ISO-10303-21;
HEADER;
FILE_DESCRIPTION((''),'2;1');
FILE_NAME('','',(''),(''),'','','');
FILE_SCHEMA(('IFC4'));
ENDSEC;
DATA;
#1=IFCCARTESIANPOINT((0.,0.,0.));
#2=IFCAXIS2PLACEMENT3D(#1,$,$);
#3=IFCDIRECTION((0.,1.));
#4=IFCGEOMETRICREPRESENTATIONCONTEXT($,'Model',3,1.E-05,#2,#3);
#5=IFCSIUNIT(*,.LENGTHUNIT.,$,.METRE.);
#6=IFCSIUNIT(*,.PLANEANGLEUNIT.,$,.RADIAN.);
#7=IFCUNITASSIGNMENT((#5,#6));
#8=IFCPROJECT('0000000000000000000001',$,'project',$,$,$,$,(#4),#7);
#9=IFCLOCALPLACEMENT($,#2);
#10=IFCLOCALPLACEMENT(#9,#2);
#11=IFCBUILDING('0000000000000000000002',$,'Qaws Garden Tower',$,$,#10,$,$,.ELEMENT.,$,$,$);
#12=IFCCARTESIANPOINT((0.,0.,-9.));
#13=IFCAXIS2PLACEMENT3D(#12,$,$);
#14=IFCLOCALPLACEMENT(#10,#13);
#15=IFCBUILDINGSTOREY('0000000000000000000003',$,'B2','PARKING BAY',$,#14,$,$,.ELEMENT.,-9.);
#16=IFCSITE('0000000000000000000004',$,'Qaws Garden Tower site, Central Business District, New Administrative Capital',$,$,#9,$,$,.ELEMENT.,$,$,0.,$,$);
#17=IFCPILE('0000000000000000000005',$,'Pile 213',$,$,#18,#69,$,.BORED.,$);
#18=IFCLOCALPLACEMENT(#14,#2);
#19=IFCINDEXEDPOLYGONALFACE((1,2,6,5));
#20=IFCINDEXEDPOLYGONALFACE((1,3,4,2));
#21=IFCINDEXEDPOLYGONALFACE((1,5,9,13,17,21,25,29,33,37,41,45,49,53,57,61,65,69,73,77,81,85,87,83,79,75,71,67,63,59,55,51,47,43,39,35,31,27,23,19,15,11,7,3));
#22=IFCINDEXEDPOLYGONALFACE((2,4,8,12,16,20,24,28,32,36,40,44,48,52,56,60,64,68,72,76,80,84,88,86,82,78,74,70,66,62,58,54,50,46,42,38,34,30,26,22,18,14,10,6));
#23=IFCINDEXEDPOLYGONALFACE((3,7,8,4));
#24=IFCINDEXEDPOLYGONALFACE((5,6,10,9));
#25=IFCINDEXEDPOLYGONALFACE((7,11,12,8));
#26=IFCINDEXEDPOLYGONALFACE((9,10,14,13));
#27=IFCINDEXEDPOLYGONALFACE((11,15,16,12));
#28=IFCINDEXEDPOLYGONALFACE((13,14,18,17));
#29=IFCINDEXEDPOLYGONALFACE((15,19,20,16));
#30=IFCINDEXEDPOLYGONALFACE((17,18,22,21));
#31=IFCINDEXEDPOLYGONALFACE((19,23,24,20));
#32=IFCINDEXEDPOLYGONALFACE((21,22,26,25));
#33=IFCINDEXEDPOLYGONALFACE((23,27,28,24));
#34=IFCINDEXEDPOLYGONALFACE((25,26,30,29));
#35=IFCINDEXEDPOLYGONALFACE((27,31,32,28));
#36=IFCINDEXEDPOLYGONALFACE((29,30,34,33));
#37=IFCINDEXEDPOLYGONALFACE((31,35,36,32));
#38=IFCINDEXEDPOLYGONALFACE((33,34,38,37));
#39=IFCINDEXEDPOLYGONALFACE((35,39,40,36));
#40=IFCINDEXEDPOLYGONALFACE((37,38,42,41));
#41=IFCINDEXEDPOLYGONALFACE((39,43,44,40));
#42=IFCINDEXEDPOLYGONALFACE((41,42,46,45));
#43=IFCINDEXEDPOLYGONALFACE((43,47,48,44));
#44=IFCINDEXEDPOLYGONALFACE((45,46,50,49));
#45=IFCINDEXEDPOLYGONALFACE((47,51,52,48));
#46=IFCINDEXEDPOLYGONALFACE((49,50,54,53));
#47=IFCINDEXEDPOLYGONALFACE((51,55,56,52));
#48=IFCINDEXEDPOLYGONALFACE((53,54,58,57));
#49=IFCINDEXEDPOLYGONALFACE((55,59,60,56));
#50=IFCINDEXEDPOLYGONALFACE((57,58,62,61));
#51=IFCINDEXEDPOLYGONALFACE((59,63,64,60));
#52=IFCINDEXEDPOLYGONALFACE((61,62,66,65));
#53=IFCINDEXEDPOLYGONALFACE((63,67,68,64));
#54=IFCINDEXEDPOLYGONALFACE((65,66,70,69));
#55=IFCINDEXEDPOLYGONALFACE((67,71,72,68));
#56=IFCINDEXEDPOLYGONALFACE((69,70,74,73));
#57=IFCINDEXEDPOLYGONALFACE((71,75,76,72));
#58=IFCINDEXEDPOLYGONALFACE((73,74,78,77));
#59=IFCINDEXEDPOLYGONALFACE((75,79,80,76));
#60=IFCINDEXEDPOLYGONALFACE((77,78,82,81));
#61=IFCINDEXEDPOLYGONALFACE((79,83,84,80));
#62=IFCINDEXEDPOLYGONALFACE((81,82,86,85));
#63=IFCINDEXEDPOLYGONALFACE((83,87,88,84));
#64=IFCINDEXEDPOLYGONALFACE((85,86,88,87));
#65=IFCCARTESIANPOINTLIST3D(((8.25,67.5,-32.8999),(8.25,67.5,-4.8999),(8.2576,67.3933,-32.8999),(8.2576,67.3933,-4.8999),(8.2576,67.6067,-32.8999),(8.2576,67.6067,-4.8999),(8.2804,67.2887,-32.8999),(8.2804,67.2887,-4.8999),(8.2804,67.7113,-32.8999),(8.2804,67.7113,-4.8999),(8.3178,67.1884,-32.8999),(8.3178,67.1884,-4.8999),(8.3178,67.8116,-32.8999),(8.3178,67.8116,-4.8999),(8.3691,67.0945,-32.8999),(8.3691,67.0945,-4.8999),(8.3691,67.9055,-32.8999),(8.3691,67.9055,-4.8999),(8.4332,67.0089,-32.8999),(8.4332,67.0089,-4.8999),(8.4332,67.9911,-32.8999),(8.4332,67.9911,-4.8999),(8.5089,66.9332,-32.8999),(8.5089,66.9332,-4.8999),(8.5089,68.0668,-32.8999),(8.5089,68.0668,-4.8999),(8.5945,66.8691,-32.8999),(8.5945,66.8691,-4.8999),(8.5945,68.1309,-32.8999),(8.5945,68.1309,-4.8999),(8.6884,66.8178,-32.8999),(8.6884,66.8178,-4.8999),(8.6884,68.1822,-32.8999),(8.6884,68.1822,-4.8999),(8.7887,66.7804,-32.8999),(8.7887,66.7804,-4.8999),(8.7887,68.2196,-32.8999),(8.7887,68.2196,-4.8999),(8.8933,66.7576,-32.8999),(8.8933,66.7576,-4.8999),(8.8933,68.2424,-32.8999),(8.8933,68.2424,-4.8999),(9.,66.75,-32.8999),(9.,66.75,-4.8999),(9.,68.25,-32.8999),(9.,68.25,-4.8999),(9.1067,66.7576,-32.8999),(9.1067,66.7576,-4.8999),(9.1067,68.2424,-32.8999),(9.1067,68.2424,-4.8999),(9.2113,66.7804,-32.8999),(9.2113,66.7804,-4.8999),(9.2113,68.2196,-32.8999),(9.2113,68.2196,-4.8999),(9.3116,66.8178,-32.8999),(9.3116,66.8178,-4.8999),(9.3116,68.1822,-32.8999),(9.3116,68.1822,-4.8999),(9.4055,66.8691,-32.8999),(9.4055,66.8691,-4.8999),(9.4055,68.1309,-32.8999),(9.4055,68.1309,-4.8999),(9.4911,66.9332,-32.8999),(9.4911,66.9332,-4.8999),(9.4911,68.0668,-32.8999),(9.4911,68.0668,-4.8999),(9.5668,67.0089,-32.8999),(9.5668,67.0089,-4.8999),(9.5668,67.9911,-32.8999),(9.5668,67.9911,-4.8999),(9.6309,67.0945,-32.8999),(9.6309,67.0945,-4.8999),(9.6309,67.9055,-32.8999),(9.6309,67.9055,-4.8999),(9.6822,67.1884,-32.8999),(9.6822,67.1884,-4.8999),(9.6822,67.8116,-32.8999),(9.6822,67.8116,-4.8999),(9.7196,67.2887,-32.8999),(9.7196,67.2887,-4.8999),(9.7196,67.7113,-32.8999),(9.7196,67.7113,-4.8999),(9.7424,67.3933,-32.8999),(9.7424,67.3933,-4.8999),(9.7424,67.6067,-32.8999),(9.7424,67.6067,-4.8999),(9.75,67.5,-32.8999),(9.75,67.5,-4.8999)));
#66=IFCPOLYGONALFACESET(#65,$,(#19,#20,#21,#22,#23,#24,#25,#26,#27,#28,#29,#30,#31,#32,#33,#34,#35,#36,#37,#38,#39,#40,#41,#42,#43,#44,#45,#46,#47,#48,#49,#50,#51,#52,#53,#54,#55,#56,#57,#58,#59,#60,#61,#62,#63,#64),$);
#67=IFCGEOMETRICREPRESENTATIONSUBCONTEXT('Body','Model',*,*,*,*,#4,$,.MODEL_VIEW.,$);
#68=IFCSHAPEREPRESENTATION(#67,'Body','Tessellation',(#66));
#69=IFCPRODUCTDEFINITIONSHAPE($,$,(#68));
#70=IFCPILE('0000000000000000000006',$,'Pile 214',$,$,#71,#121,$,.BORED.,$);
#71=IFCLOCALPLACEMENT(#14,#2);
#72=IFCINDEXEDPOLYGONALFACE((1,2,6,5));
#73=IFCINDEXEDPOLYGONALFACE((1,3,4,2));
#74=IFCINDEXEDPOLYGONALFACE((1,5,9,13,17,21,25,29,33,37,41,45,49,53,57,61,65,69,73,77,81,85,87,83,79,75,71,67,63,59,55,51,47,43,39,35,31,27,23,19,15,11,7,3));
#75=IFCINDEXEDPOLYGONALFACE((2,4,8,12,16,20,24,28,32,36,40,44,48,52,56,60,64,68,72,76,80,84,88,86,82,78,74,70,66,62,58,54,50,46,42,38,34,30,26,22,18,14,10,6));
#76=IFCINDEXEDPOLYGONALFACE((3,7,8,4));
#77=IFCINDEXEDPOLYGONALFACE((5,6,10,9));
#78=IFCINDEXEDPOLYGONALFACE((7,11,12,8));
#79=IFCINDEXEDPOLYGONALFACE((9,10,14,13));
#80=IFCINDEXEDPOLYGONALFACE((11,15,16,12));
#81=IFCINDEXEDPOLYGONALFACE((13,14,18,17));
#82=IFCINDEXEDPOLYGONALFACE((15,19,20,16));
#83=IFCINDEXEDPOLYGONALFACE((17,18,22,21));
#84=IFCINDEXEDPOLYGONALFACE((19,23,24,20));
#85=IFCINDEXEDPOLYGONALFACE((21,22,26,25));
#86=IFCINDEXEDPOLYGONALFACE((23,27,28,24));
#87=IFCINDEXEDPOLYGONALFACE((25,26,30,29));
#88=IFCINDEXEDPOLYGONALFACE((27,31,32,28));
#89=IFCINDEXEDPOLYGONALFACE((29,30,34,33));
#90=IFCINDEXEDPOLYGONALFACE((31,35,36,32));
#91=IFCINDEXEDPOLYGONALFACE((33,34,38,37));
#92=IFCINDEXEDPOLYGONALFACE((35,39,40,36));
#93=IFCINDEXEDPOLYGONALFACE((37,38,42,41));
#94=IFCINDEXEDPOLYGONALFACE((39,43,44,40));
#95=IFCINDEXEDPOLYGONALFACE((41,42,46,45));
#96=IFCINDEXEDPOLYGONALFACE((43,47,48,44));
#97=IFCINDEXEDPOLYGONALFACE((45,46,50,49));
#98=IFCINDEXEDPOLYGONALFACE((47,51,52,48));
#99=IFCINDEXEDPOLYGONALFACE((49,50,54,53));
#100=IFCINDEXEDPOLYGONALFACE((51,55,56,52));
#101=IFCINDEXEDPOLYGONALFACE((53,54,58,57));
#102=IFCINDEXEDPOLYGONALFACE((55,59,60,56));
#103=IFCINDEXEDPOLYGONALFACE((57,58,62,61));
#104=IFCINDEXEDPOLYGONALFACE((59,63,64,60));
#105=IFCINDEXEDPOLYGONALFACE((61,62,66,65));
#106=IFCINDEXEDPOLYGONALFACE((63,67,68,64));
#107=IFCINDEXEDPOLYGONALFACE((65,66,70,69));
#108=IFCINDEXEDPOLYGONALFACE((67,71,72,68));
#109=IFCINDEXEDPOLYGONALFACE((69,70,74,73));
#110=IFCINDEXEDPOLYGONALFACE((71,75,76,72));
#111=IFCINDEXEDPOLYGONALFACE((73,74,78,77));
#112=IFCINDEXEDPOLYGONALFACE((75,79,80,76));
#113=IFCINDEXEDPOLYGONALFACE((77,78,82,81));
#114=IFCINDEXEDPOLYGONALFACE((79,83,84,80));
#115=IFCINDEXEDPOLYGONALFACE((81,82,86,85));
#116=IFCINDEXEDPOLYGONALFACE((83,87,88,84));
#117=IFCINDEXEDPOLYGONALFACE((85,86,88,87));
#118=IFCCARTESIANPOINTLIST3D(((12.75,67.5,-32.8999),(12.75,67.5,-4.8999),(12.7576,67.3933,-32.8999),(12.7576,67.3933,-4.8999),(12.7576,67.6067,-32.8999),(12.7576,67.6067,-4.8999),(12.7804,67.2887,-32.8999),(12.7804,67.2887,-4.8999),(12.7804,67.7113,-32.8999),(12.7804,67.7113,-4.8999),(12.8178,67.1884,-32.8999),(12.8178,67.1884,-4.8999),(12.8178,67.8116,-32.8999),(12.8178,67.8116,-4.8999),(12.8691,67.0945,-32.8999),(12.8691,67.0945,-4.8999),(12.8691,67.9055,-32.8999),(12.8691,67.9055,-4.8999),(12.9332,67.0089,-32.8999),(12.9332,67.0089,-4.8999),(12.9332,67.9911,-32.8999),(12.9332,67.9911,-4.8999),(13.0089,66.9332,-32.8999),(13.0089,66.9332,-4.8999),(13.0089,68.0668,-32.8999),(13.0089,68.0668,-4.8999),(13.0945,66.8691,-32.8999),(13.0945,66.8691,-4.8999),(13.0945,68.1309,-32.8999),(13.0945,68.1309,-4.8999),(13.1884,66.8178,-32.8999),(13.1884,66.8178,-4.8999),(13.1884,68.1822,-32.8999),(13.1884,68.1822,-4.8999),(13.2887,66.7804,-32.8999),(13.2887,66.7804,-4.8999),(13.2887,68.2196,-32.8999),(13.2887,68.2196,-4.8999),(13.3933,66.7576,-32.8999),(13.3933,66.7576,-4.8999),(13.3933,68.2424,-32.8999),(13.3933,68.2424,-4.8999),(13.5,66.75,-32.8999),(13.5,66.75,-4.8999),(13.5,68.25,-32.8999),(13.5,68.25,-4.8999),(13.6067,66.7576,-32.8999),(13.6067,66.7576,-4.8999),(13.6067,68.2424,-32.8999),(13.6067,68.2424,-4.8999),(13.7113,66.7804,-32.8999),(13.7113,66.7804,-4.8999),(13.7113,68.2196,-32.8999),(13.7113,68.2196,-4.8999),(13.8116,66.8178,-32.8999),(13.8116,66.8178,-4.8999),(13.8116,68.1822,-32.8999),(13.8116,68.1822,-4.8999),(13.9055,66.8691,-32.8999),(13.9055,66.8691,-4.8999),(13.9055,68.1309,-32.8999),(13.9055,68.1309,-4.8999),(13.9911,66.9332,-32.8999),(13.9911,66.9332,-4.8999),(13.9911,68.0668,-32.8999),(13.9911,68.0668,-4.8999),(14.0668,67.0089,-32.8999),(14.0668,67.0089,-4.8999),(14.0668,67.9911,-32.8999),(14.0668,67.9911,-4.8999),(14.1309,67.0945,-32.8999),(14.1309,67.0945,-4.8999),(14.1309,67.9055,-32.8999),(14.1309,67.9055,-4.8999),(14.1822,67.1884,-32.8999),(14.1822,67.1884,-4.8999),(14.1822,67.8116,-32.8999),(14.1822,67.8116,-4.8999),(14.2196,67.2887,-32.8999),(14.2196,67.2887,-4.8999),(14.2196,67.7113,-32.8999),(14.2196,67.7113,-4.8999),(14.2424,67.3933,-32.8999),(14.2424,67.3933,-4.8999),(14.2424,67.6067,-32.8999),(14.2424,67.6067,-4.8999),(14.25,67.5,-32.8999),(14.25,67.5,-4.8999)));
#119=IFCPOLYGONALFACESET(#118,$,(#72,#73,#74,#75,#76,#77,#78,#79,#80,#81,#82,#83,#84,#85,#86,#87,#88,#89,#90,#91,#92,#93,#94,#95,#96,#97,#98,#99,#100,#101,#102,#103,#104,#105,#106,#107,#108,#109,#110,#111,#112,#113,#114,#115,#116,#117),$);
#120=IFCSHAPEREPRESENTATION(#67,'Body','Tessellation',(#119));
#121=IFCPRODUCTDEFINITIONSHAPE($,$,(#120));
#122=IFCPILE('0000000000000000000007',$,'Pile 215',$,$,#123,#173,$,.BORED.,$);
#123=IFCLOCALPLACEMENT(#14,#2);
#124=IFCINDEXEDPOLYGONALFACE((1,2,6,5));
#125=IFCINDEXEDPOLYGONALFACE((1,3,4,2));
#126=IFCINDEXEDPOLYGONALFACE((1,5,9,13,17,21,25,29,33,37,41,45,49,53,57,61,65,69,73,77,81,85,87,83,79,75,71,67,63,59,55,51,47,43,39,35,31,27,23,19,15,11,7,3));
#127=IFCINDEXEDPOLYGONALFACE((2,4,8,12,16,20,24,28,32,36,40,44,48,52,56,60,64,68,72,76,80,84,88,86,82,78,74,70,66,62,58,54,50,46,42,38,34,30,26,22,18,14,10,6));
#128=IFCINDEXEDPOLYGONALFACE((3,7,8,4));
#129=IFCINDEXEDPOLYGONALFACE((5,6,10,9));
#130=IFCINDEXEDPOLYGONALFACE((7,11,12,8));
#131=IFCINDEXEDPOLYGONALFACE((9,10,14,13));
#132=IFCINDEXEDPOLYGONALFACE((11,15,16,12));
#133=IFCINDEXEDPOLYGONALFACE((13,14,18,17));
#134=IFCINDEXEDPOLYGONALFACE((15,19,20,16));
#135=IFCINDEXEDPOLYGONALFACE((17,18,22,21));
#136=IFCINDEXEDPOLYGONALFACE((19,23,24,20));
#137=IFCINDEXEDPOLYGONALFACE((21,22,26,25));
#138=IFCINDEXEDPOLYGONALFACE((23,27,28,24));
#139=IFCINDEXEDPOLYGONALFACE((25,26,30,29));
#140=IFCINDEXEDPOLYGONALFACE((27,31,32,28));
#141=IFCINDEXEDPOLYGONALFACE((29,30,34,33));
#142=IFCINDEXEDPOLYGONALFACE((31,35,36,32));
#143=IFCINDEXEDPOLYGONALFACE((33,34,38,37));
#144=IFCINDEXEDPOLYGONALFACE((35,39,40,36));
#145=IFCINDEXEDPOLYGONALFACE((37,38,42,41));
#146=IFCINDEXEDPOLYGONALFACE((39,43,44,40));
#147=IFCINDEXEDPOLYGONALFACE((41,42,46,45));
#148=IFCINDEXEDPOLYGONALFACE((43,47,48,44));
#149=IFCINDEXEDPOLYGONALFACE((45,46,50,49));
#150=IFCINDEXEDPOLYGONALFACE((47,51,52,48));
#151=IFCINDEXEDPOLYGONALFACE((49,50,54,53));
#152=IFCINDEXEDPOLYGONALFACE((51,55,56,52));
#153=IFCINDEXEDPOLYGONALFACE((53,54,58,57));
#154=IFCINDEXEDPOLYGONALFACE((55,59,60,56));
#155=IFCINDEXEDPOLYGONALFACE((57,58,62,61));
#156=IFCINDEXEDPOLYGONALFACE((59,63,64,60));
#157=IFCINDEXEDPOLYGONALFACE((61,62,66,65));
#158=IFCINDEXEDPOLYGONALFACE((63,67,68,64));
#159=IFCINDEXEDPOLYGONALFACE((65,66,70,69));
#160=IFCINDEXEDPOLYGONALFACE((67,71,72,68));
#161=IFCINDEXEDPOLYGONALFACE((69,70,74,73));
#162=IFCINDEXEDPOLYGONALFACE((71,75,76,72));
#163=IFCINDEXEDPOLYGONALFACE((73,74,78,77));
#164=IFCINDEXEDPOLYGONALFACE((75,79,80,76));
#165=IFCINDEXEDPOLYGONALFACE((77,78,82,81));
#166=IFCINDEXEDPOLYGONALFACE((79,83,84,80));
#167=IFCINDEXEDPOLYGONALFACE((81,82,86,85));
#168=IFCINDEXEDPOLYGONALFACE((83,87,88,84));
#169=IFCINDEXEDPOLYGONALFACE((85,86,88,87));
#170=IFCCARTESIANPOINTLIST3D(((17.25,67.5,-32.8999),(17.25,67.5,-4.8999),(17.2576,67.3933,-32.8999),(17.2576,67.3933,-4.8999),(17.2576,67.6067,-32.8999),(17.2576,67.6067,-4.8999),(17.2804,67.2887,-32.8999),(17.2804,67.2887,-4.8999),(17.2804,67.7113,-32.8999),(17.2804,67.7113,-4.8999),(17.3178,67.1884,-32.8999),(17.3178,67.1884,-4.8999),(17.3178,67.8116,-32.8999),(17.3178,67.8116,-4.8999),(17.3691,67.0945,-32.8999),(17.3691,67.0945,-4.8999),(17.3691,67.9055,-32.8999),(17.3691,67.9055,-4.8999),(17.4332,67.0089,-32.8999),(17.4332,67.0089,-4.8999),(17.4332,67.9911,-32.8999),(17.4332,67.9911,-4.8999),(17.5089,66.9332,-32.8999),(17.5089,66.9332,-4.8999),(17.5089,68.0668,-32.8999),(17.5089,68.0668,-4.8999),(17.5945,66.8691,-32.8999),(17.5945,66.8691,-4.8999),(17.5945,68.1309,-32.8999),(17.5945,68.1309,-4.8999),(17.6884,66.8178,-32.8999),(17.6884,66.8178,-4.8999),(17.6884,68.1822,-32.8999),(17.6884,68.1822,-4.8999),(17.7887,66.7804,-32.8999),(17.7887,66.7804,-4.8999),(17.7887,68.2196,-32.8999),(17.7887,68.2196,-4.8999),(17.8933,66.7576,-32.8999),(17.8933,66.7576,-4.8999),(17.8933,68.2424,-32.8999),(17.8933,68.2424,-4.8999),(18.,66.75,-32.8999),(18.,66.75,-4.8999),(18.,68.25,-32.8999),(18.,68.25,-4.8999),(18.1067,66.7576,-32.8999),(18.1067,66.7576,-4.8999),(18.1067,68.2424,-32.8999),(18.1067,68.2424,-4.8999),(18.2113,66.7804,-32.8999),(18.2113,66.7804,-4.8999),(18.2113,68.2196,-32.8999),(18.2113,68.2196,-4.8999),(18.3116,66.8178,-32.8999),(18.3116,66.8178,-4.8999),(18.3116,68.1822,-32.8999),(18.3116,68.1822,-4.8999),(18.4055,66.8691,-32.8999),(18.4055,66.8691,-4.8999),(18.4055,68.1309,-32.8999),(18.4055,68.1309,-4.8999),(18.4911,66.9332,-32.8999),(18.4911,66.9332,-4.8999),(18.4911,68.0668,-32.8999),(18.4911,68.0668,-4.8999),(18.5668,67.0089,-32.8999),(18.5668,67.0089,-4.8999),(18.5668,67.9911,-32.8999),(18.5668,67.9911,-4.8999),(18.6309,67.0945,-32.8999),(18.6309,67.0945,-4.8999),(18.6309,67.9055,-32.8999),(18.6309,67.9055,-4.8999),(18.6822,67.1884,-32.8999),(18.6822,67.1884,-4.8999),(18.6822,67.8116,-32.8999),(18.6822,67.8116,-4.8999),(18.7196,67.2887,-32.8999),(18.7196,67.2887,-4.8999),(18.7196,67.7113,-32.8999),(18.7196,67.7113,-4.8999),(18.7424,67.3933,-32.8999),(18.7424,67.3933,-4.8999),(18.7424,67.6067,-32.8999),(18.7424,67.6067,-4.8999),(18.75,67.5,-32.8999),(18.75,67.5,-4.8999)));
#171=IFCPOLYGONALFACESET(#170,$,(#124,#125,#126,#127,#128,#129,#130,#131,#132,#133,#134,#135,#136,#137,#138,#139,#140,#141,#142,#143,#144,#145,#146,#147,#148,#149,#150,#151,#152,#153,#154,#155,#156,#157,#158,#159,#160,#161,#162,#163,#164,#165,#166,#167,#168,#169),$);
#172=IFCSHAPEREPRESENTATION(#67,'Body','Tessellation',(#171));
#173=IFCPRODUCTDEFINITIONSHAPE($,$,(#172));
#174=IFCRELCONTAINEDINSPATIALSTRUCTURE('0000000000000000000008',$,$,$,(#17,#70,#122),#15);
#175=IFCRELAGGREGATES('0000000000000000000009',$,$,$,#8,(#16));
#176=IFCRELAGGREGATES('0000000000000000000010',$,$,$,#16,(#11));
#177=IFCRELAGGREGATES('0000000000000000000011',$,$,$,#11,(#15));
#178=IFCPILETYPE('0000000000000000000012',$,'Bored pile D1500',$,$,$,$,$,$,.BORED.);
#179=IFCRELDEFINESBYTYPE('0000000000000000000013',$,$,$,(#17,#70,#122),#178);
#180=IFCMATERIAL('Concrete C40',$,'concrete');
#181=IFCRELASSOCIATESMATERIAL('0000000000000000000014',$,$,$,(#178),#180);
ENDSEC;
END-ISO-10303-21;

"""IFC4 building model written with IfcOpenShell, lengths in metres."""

from ifc_helpers import new_model, si_unit, direction, frame, origin, origin_2d, place, context, subcontext, project, spatial, circle, extrude, material, material_profile, profile_set, type_object, element, save


model = new_model("IFC4")

# Units and contexts
model_context = context("Model", 3, precision=1e-05, world=origin(), true_north=direction((0.0, 1.0)))
body_context = subcontext(model_context, "Body", "Model", "MODEL_VIEW")
ifc_project = project(units=[si_unit("LENGTHUNIT", "METRE"), si_unit("PLANEANGLEUNIT", "RADIAN")], contexts=[model_context])

# Site, building, storey
site_placement = place(None, origin())
site = spatial("IfcSite", under=ifc_project, at=site_placement, Name="Qaws Garden Tower site, Central Business District, New Administrative Capital", CompositionType="ELEMENT", RefElevation=0.0)
building_placement = place(site_placement, origin())
building = spatial("IfcBuilding", under=site, at=building_placement, Name="Qaws Garden Tower", CompositionType="ELEMENT")
storey_placement = place(building_placement, frame((0.0, 0.0, -9.0)))
storey = spatial("IfcBuildingStorey", under=building, at=storey_placement, Name="B2", Description="PARKING BAY", CompositionType="ELEMENT", Elevation=-9.0)

# Piles
ifc_material_1 = material(Name="Concrete C40", Category="concrete")
ifc_material_profile_1 = material_profile(ifc_material_1, circle(Radius=0.75, at=origin_2d()), Name="Bored pile D1500")
ifc_profile_set_1 = profile_set([ifc_material_profile_1], Name="Concrete C40")
pile_type = type_object("IfcPileType", Name="Bored pile D1500", PredefinedType="BORED", material=ifc_profile_set_1)
for number, where, z_axis, x_axis, name in (
    (1, (9.0, 67.5, -4.8999), (0.0, 0.0, -1.0), (1.0, 0.0, 0.0), "Pile 213"),
    (2, (13.5, 67.5, -4.8999), (0.0, 0.0, -1.0), (1.0, 0.0, 0.0), "Pile 214"),
    (3, (18.0, 67.5, -4.8999), (0.0, 0.0, -1.0), (1.0, 0.0, 0.0), "Pile 215"),
):
    element("IfcPile", number, at=place(storey_placement, frame(where, z_axis=z_axis, x_axis=x_axis)), inside=storey, type_object=pile_type, Name=name, PredefinedType="BORED", context=body_context, shape_type="SweptSolid", body=[
        extrude(circle(Radius=0.75, at=origin_2d()), origin(), (0.0, 0.0, 1.0), 28.0),
    ])

save(model, "model.ifc")
